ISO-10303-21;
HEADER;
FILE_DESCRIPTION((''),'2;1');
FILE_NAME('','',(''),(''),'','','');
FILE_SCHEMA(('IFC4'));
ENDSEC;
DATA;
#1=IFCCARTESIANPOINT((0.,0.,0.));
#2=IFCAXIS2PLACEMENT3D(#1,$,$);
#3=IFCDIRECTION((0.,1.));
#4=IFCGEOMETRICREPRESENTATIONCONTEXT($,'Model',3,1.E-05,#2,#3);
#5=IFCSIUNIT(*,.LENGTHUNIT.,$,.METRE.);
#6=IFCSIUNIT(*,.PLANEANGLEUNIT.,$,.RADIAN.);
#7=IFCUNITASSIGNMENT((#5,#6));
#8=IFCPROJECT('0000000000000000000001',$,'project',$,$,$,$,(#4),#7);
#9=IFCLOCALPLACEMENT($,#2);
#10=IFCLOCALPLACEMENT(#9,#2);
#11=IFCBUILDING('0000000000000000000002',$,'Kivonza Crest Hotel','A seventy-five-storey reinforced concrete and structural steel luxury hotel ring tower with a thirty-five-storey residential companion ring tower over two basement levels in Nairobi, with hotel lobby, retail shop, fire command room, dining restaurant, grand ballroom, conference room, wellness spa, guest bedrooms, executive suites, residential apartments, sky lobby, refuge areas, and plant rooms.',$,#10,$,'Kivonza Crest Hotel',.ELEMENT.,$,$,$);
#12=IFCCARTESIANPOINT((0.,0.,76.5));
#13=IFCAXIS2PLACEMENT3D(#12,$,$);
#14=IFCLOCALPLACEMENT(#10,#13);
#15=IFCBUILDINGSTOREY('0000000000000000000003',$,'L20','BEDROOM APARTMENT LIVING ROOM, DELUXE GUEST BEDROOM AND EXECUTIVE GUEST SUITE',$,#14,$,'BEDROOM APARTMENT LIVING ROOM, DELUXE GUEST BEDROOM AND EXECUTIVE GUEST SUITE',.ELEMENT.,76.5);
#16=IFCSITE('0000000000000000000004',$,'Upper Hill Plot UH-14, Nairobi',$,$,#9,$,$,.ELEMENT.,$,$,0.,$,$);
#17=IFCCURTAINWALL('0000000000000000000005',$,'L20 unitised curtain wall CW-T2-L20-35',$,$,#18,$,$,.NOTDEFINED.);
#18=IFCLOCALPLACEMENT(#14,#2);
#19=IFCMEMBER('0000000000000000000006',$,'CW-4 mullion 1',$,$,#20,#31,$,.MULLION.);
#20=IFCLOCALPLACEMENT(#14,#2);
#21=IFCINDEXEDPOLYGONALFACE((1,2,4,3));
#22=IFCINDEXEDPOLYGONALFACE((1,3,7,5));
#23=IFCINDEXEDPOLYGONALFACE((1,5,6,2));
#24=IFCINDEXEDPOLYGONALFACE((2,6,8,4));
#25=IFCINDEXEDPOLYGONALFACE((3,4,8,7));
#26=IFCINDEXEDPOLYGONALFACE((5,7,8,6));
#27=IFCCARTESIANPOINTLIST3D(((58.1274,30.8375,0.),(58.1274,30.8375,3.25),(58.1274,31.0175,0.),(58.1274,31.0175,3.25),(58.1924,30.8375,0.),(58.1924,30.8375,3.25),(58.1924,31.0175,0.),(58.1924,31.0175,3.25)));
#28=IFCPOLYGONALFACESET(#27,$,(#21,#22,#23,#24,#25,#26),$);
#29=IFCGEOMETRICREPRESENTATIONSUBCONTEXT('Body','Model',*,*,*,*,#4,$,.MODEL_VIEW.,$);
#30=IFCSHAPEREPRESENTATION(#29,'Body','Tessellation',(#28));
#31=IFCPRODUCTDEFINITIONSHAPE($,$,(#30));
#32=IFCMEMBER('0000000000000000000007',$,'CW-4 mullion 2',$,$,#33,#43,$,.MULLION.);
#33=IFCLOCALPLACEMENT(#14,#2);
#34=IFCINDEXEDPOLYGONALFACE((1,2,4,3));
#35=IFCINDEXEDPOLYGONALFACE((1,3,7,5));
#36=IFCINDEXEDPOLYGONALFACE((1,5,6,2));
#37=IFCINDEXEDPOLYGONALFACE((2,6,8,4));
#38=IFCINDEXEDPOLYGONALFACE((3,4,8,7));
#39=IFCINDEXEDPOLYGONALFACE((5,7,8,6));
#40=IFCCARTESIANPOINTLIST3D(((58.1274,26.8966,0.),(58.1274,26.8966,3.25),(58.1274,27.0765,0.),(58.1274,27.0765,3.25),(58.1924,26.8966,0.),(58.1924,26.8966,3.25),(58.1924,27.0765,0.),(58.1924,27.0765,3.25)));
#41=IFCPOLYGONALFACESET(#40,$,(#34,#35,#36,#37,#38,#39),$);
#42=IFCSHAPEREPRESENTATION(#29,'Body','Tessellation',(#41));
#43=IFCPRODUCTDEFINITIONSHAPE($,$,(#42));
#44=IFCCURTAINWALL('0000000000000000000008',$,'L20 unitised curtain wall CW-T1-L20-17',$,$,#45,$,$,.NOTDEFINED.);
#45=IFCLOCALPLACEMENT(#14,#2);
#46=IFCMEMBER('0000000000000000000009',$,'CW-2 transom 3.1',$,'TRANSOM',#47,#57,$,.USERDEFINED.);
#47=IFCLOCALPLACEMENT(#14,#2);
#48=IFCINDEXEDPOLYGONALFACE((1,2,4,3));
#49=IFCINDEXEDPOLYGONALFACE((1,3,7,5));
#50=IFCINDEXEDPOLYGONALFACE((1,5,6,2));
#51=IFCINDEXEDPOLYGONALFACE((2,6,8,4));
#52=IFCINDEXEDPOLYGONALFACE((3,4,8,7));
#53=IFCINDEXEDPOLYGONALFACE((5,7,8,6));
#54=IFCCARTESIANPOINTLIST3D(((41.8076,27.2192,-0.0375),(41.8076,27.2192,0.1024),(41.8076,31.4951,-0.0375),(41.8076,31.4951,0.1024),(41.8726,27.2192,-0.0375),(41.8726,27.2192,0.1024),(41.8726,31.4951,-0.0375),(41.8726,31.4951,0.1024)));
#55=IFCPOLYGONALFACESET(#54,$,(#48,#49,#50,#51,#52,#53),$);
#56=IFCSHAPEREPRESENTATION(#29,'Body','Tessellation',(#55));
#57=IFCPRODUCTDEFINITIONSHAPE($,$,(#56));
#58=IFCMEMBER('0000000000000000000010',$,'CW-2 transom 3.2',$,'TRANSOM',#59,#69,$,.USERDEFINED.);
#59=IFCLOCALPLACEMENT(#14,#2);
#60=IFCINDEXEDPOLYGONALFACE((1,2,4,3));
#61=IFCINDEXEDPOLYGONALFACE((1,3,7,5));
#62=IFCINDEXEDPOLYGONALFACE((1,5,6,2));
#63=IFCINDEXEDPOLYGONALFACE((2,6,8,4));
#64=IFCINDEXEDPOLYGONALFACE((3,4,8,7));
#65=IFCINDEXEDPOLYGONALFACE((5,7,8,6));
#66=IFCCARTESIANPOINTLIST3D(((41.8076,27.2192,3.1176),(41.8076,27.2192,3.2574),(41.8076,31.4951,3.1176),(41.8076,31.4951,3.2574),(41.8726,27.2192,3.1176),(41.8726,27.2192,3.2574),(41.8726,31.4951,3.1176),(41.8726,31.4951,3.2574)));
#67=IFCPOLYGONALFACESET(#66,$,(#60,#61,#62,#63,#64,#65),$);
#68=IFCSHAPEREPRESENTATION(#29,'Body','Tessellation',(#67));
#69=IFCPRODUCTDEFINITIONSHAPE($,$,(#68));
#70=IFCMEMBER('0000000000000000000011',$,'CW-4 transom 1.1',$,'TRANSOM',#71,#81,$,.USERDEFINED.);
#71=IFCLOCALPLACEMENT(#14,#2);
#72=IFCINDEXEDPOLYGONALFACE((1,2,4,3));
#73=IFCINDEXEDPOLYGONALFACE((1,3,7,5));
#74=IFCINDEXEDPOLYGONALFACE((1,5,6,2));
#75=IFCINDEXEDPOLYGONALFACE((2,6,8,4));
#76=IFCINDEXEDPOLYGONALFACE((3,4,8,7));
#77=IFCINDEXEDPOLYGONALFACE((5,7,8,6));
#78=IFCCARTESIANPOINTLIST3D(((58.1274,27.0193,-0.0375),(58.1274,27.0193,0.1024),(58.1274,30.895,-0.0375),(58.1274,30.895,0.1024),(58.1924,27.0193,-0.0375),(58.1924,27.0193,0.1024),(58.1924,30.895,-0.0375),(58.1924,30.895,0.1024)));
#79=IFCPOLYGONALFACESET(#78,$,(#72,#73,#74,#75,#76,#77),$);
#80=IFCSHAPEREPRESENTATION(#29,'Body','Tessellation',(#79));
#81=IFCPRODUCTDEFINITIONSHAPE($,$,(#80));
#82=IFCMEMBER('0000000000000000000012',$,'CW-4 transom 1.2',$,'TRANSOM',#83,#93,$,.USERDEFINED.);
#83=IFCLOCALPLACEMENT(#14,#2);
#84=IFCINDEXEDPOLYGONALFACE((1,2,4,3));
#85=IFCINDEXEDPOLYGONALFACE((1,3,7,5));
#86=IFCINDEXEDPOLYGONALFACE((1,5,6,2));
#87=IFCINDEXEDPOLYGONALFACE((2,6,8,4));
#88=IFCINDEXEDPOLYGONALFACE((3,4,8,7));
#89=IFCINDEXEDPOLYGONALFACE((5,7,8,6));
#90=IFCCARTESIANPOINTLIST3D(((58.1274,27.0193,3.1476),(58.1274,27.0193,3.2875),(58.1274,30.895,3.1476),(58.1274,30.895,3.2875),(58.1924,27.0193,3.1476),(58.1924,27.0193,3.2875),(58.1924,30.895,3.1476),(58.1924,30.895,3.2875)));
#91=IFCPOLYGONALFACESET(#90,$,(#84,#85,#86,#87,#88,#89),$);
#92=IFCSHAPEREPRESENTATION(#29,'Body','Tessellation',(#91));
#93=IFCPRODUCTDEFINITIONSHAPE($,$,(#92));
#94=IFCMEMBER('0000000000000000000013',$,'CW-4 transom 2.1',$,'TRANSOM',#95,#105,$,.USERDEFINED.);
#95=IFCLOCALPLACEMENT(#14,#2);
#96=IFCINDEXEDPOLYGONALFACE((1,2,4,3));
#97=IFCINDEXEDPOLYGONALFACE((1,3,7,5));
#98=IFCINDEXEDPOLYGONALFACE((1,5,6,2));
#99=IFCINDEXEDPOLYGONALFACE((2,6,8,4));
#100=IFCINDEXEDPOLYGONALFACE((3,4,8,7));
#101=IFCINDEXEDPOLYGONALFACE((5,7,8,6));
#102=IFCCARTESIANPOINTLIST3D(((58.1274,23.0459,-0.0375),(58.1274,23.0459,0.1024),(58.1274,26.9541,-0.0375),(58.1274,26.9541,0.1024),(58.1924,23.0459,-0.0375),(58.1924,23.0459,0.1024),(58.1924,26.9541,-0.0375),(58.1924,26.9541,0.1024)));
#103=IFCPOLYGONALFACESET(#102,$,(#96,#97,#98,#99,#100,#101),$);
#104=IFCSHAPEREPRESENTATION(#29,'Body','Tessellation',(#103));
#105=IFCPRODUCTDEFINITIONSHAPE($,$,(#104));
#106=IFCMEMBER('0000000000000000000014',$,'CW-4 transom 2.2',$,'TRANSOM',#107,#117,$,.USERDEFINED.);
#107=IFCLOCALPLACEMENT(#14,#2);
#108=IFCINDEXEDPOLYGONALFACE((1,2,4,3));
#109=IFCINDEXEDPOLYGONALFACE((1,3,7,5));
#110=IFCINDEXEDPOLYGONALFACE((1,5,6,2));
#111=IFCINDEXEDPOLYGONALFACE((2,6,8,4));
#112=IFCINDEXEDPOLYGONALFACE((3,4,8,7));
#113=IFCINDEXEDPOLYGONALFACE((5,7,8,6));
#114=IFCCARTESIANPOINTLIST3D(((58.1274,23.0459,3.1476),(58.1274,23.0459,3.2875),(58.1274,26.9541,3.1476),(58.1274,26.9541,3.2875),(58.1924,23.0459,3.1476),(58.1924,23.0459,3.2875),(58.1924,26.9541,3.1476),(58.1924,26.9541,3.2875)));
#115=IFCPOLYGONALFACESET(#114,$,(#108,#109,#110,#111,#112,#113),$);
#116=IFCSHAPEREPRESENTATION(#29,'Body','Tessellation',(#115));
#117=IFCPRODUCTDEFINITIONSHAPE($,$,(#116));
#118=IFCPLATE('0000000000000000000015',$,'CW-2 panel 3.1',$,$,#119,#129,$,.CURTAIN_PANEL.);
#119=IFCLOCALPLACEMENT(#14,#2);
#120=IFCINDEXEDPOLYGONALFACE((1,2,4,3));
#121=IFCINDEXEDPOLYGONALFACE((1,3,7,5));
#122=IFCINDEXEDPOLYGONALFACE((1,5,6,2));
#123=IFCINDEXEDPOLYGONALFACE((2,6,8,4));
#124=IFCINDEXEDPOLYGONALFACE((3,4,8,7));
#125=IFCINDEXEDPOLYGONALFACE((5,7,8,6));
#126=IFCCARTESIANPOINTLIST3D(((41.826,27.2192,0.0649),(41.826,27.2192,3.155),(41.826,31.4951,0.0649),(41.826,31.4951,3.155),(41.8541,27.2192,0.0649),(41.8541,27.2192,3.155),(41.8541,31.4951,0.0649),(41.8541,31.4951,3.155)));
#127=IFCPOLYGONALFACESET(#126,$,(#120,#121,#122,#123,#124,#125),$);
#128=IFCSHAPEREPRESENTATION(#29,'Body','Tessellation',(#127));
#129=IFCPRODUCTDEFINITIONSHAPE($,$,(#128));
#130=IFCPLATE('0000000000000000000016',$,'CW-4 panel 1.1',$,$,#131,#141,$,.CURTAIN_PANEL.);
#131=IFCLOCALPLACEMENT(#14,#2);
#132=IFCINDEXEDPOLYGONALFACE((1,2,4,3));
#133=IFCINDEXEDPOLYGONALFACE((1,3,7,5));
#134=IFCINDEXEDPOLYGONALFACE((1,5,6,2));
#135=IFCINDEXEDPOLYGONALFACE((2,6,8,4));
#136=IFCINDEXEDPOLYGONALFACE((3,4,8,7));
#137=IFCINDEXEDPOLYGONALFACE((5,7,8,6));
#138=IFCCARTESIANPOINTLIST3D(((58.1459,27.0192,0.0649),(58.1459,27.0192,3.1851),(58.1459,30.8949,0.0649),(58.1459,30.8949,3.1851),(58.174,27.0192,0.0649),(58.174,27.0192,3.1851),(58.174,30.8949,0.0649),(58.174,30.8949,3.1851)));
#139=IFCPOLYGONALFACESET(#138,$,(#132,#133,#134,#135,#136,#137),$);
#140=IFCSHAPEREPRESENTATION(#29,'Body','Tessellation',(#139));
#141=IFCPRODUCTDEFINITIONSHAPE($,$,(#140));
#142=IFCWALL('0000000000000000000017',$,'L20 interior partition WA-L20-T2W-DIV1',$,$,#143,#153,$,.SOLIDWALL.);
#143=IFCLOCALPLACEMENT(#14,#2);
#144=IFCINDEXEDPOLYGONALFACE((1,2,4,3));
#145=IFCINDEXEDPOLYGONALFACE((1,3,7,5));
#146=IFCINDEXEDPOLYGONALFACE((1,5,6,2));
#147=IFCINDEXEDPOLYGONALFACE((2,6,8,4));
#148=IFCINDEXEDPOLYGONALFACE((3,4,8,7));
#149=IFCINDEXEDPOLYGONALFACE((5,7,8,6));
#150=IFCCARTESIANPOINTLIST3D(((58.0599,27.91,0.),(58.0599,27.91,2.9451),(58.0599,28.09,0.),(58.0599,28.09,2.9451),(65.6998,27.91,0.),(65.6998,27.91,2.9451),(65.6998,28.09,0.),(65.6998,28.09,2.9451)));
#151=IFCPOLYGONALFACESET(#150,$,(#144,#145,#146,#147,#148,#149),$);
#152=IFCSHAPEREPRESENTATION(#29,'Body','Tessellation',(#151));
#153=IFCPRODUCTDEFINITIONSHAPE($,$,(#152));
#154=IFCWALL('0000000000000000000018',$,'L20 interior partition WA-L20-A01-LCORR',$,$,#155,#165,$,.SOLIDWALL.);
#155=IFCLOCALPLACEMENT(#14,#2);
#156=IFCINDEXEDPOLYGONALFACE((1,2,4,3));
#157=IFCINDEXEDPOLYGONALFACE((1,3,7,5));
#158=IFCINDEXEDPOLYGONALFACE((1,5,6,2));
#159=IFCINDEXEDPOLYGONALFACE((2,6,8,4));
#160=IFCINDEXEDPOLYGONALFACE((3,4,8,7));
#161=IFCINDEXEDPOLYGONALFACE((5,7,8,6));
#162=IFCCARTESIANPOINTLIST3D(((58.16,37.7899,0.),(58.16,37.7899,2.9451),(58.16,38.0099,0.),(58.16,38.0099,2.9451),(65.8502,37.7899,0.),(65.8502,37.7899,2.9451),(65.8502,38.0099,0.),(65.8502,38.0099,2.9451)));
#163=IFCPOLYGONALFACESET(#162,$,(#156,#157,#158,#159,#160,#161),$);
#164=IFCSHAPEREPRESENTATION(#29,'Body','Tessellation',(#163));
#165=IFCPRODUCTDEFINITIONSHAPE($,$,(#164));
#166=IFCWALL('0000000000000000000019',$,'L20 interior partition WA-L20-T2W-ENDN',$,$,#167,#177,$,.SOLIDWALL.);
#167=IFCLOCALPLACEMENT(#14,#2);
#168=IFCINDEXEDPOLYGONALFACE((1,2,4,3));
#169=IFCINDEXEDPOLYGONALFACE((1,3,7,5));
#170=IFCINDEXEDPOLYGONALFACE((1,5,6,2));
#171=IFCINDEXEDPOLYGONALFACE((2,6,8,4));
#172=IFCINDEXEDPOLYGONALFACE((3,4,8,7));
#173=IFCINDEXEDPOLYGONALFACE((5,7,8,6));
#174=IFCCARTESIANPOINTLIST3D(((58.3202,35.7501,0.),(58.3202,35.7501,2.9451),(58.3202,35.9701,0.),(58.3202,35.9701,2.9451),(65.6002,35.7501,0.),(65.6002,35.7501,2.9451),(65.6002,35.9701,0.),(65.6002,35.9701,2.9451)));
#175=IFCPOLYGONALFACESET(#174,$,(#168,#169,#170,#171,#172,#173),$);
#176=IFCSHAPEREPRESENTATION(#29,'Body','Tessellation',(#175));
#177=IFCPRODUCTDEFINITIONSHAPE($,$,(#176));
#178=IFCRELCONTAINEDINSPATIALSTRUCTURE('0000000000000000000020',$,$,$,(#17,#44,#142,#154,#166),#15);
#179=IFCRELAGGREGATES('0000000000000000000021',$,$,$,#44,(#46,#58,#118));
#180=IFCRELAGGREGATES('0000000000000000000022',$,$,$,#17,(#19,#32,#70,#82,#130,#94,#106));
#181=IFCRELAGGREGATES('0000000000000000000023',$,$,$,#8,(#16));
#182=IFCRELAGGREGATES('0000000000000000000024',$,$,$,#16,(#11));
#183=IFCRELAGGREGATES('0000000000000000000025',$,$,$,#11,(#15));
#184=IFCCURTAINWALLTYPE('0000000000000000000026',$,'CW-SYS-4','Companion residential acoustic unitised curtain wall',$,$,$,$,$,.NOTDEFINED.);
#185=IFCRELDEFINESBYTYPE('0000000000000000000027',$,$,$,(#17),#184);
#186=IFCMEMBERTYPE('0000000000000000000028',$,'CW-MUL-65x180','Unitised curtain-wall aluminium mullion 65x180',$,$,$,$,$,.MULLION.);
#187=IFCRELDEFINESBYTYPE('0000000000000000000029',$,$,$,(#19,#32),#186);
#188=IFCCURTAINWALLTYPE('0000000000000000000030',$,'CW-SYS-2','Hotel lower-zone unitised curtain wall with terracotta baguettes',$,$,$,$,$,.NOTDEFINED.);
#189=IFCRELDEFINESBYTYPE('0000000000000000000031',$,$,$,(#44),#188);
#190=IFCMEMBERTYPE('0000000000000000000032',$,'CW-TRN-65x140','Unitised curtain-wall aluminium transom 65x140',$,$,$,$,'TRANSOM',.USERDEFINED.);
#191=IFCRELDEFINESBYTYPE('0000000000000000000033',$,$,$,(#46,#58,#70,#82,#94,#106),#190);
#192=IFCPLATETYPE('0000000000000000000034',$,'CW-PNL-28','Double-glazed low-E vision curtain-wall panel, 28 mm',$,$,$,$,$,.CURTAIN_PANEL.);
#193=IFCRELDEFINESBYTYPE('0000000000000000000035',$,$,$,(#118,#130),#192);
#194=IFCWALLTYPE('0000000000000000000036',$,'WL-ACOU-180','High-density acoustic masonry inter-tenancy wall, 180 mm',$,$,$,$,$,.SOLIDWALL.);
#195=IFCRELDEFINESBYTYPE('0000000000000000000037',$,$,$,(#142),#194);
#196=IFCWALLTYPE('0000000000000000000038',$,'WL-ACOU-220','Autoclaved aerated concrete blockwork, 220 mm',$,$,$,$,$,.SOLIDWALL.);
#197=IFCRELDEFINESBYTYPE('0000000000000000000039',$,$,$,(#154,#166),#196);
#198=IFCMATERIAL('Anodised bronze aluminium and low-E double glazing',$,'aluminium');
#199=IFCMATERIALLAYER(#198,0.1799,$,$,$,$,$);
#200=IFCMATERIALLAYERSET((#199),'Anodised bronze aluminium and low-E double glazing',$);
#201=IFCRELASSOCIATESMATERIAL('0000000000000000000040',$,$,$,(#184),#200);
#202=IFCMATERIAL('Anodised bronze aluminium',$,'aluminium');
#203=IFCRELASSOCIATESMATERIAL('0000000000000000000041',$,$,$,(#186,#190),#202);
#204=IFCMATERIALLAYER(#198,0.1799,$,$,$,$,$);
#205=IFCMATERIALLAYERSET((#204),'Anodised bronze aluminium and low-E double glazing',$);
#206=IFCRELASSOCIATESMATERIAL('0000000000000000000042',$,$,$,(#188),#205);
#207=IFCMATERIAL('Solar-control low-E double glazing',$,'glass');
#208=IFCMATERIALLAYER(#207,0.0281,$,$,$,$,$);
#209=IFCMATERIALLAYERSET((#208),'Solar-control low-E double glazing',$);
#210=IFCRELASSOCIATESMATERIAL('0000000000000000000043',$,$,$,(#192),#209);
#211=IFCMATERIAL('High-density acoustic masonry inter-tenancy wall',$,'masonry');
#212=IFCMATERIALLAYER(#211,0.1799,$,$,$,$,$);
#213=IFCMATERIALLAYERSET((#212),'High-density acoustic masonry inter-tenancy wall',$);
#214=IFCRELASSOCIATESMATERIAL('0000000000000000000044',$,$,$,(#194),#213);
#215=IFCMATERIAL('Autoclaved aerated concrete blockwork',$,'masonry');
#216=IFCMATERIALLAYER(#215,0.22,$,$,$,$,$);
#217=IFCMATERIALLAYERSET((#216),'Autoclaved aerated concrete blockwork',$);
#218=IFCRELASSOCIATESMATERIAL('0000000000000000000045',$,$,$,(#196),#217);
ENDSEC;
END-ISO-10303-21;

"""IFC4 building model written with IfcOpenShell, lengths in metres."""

from ifc_helpers import new_model, si_unit, direction, frame, frame_2d, origin, origin_2d, place, context, subcontext, project, spatial, rectangle, extrude, material, layer, layer_set, material_profile, profile_set, type_object, element, aggregate, save


model = new_model("IFC4")

# Units and contexts
model_context = context("Model", 3, precision=1e-05, world=origin(), true_north=direction((0.0, 1.0)))
body_context = subcontext(model_context, "Body", "Model", "MODEL_VIEW")
ifc_project = project(units=[si_unit("LENGTHUNIT", "METRE"), si_unit("PLANEANGLEUNIT", "RADIAN")], contexts=[model_context])

# Site, building, storey
site_placement = place(None, origin())
site = spatial("IfcSite", under=ifc_project, at=site_placement, Name="Upper Hill Plot UH-14, Nairobi", CompositionType="ELEMENT", RefElevation=0.0)
building_placement = place(site_placement, origin())
building = spatial("IfcBuilding", under=site, at=building_placement, Name="Kivonza Crest Hotel", Description="A seventy-five-storey reinforced concrete and structural steel luxury hotel ring tower with a thirty-five-storey residential companion ring tower over two basement levels in Nairobi, with hotel lobby, retail shop, fire command room, dining restaurant, grand ballroom, conference room, wellness spa, guest bedrooms, executive suites, residential apartments, sky lobby, refuge areas, and plant rooms.", LongName="Kivonza Crest Hotel", CompositionType="ELEMENT")
storey_placement = place(building_placement, frame((0.0, 0.0, 76.5)))
storey = spatial("IfcBuildingStorey", under=building, at=storey_placement, Name="L20", Description="BEDROOM APARTMENT LIVING ROOM, DELUXE GUEST BEDROOM AND EXECUTIVE GUEST SUITE", LongName="BEDROOM APARTMENT LIVING ROOM, DELUXE GUEST BEDROOM AND EXECUTIVE GUEST SUITE", CompositionType="ELEMENT", Elevation=76.5)

# Curtain walls, members
ifc_material_1 = material(Name="Anodised bronze aluminium and low-E double glazing", Category="aluminium")
ifc_layer_1 = layer(ifc_material_1, 0.1799)
ifc_layer_set_1 = layer_set([ifc_layer_1], Name="Anodised bronze aluminium and low-E double glazing")
curtain_wall_type_1 = type_object("IfcCurtainWallType", Name="CW-SYS-4", Description="Companion residential acoustic unitised curtain wall", PredefinedType="NOTDEFINED", material=ifc_layer_set_1)
curtain_wall_1_placement = place(storey_placement, origin())
curtain_wall_1 = element("IfcCurtainWall", 1, at=curtain_wall_1_placement, inside=storey, type_object=curtain_wall_type_1, Name="L20 unitised curtain wall CW-T2-L20-35", PredefinedType="NOTDEFINED")
ifc_material_2 = material(Name="Anodised bronze aluminium", Category="aluminium")
ifc_material_profile_1 = material_profile(ifc_material_2, rectangle(XDim=0.0649, YDim=0.1799, at=origin_2d()), Name="CW-M 65x180")
ifc_profile_set_1 = profile_set([ifc_material_profile_1], Name="Anodised bronze aluminium")
member_type_1 = type_object("IfcMemberType", Name="CW-MUL-65x180", Description="Unitised curtain-wall aluminium mullion 65x180", PredefinedType="MULLION", material=ifc_profile_set_1)
member_1_placement = place(storey_placement, frame((58.1599, 30.9275, 0.0), z_axis=(0.0, 0.0, 1.0), x_axis=(1.0, 0.0, 0.0)))
member_1 = element("IfcMember", 2, at=member_1_placement, type_object=member_type_1, Name="CW-4 mullion 1", PredefinedType="MULLION", context=body_context, shape_type="SweptSolid", body=[
    extrude(rectangle(XDim=0.0649, YDim=0.1799, at=origin_2d()), origin(), (0.0, 0.0, 1.0), 3.25),
])
member_2_placement = place(storey_placement, frame((58.1599, 26.9866, 0.0), z_axis=(0.0, 0.0, 1.0), x_axis=(1.0, 0.0, 0.0)))
member_2 = element("IfcMember", 3, at=member_2_placement, type_object=member_type_1, Name="CW-4 mullion 2", PredefinedType="MULLION", context=body_context, shape_type="SweptSolid", body=[
    extrude(rectangle(XDim=0.0649, YDim=0.1799, at=origin_2d()), origin(), (0.0, 0.0, 1.0), 3.25),
])
ifc_layer_2 = layer(ifc_material_1, 0.1799)
ifc_layer_set_2 = layer_set([ifc_layer_2], Name="Anodised bronze aluminium and low-E double glazing")
curtain_wall_type_2 = type_object("IfcCurtainWallType", Name="CW-SYS-2", Description="Hotel lower-zone unitised curtain wall with terracotta baguettes", PredefinedType="NOTDEFINED", material=ifc_layer_set_2)
curtain_wall_2_placement = place(storey_placement, origin())
curtain_wall_2 = element("IfcCurtainWall", 4, at=curtain_wall_2_placement, inside=storey, type_object=curtain_wall_type_2, Name="L20 unitised curtain wall CW-T1-L20-17", PredefinedType="NOTDEFINED")
ifc_material_profile_2 = material_profile(ifc_material_2, rectangle(XDim=0.0649, YDim=0.1399, at=origin_2d()), Name="CW-T 65x140")
ifc_profile_set_2 = profile_set([ifc_material_profile_2], Name="Anodised bronze aluminium")
member_type_2 = type_object("IfcMemberType", Name="CW-TRN-65x140", Description="Unitised curtain-wall aluminium transom 65x140", ElementType="TRANSOM", PredefinedType="USERDEFINED", material=ifc_profile_set_2)
member_3_placement = place(storey_placement, frame((41.8401, 27.2192, 0.0325), z_axis=(0.0, 1.0, 0.0), x_axis=(-1.0, 0.0, 0.0)))
member_3 = element("IfcMember", 5, at=member_3_placement, type_object=member_type_2, Name="CW-2 transom 3.1", ObjectType="TRANSOM", PredefinedType="USERDEFINED", context=body_context, shape_type="SweptSolid", body=[
    extrude(rectangle(XDim=0.0649, YDim=0.1399, at=origin_2d()), origin(), (0.0, 0.0, 1.0), 4.2759),
])
member_4_placement = place(storey_placement, frame((41.8401, 27.2192, 3.1875), z_axis=(0.0, 1.0, 0.0), x_axis=(-1.0, 0.0, 0.0)))
member_4 = element("IfcMember", 6, at=member_4_placement, type_object=member_type_2, Name="CW-2 transom 3.2", ObjectType="TRANSOM", PredefinedType="USERDEFINED", context=body_context, shape_type="SweptSolid", body=[
    extrude(rectangle(XDim=0.0649, YDim=0.1399, at=origin_2d()), origin(), (0.0, 0.0, 1.0), 4.2759),
])

# Members
member_5_placement = place(storey_placement, frame((58.1599, 30.895, 0.0325), z_axis=(0.0, -1.0, 0.0), x_axis=(1.0, 0.0, 0.0)))
member_5 = element("IfcMember", 7, at=member_5_placement, type_object=member_type_2, Name="CW-4 transom 1.1", ObjectType="TRANSOM", PredefinedType="USERDEFINED", context=body_context, shape_type="SweptSolid", body=[
    extrude(rectangle(XDim=0.0649, YDim=0.1399, at=origin_2d()), origin(), (0.0, 0.0, 1.0), 3.8757),
])
member_6_placement = place(storey_placement, frame((58.1599, 30.895, 3.2175), z_axis=(0.0, -1.0, 0.0), x_axis=(1.0, 0.0, 0.0)))
member_6 = element("IfcMember", 8, at=member_6_placement, type_object=member_type_2, Name="CW-4 transom 1.2", ObjectType="TRANSOM", PredefinedType="USERDEFINED", context=body_context, shape_type="SweptSolid", body=[
    extrude(rectangle(XDim=0.0649, YDim=0.1399, at=origin_2d()), origin(), (0.0, 0.0, 1.0), 3.8757),
])
member_7_placement = place(storey_placement, frame((58.1599, 26.9541, 0.0325), z_axis=(0.0, -1.0, 0.0), x_axis=(1.0, 0.0, 0.0)))
member_7 = element("IfcMember", 9, at=member_7_placement, type_object=member_type_2, Name="CW-4 transom 2.1", ObjectType="TRANSOM", PredefinedType="USERDEFINED", context=body_context, shape_type="SweptSolid", body=[
    extrude(rectangle(XDim=0.0649, YDim=0.1399, at=origin_2d()), origin(), (0.0, 0.0, 1.0), 3.9082),
])
member_8_placement = place(storey_placement, frame((58.1599, 26.9541, 3.2175), z_axis=(0.0, -1.0, 0.0), x_axis=(1.0, 0.0, 0.0)))
member_8 = element("IfcMember", 10, at=member_8_placement, type_object=member_type_2, Name="CW-4 transom 2.2", ObjectType="TRANSOM", PredefinedType="USERDEFINED", context=body_context, shape_type="SweptSolid", body=[
    extrude(rectangle(XDim=0.0649, YDim=0.1399, at=origin_2d()), origin(), (0.0, 0.0, 1.0), 3.9082),
])

# Plates
ifc_material_3 = material(Name="Solar-control low-E double glazing", Category="glass")
ifc_layer_3 = layer(ifc_material_3, 0.0281)
ifc_layer_set_3 = layer_set([ifc_layer_3], Name="Solar-control low-E double glazing")
plate_type = type_object("IfcPlateType", Name="CW-PNL-28", Description="Double-glazed low-E vision curtain-wall panel, 28 mm", PredefinedType="CURTAIN_PANEL", material=ifc_layer_set_3)
plate_1_placement = place(storey_placement, frame((41.8401, 29.3572, 0.0649), z_axis=(0.0, 0.0, 1.0), x_axis=(0.0, 1.0, 0.0)))
plate_1 = element("IfcPlate", 11, at=plate_1_placement, type_object=plate_type, Name="CW-2 panel 3.1", PredefinedType="CURTAIN_PANEL", context=body_context, shape_type="SweptSolid", body=[
    extrude(rectangle(XDim=4.2759, YDim=0.0281, at=origin_2d()), origin(), (0.0, 0.0, 1.0), 3.0901),
])
aggregate(curtain_wall_2, [member_3, member_4, plate_1])
plate_2_placement = place(storey_placement, frame((58.1599, 28.957, 0.0649), z_axis=(0.0, 0.0, 1.0), x_axis=(0.0, -1.0, 0.0)))
plate_2 = element("IfcPlate", 12, at=plate_2_placement, type_object=plate_type, Name="CW-4 panel 1.1", PredefinedType="CURTAIN_PANEL", context=body_context, shape_type="SweptSolid", body=[
    extrude(rectangle(XDim=3.8757, YDim=0.0281, at=origin_2d()), origin(), (0.0, 0.0, 1.0), 3.1201),
])
aggregate(curtain_wall_1, [member_1, member_2, member_5, member_6, plate_2, member_7, member_8])

# Walls
ifc_material_4 = material(Name="High-density acoustic masonry inter-tenancy wall", Category="masonry")
ifc_layer_4 = layer(ifc_material_4, 0.1799)
ifc_layer_set_4 = layer_set([ifc_layer_4], Name="High-density acoustic masonry inter-tenancy wall")
wall_type_1 = type_object("IfcWallType", Name="WL-ACOU-180", Description="High-density acoustic masonry inter-tenancy wall, 180 mm", PredefinedType="SOLIDWALL", material=ifc_layer_set_4)
wall_1_placement = place(storey_placement, frame((58.0601, 28.0, 0.0), z_axis=(0.0, 0.0, 1.0), x_axis=(1.0, 0.0, 0.0)))
element("IfcWall", 13, at=wall_1_placement, inside=storey, type_object=wall_type_1, Name="L20 interior partition WA-L20-T2W-DIV1", PredefinedType="SOLIDWALL", context=body_context, shape_type="SweptSolid", body=[
    extrude(rectangle(XDim=7.6399, YDim=0.1799, at=frame_2d((3.8198, 0.0))), origin(), (0.0, 0.0, 1.0), 2.9451),
])
ifc_material_5 = material(Name="Autoclaved aerated concrete blockwork", Category="masonry")
ifc_layer_5 = layer(ifc_material_5, 0.22)
ifc_layer_set_5 = layer_set([ifc_layer_5], Name="Autoclaved aerated concrete blockwork")
wall_type_2 = type_object("IfcWallType", Name="WL-ACOU-220", Description="Autoclaved aerated concrete blockwork, 220 mm", PredefinedType="SOLIDWALL", material=ifc_layer_set_5)
wall_2_placement = place(storey_placement, frame((58.1599, 37.8999, 0.0), z_axis=(0.0, 0.0, 1.0), x_axis=(1.0, 0.0, 0.0)))
element("IfcWall", 14, at=wall_2_placement, inside=storey, type_object=wall_type_2, Name="L20 interior partition WA-L20-A01-LCORR", PredefinedType="SOLIDWALL", context=body_context, shape_type="SweptSolid", body=[
    extrude(rectangle(XDim=7.6902, YDim=0.22, at=frame_2d((3.8452, 0.0))), origin(), (0.0, 0.0, 1.0), 2.9451),
])
wall_3_placement = place(storey_placement, frame((58.3201, 35.8601, 0.0), z_axis=(0.0, 0.0, 1.0), x_axis=(1.0, 0.0, 0.0)))
element("IfcWall", 15, at=wall_3_placement, inside=storey, type_object=wall_type_2, Name="L20 interior partition WA-L20-T2W-ENDN", PredefinedType="SOLIDWALL", context=body_context, shape_type="SweptSolid", body=[
    extrude(rectangle(XDim=7.28, YDim=0.22, at=frame_2d((3.6401, 0.0))), origin(), (0.0, 0.0, 1.0), 2.9451),
])

save(model, "model.ifc")
